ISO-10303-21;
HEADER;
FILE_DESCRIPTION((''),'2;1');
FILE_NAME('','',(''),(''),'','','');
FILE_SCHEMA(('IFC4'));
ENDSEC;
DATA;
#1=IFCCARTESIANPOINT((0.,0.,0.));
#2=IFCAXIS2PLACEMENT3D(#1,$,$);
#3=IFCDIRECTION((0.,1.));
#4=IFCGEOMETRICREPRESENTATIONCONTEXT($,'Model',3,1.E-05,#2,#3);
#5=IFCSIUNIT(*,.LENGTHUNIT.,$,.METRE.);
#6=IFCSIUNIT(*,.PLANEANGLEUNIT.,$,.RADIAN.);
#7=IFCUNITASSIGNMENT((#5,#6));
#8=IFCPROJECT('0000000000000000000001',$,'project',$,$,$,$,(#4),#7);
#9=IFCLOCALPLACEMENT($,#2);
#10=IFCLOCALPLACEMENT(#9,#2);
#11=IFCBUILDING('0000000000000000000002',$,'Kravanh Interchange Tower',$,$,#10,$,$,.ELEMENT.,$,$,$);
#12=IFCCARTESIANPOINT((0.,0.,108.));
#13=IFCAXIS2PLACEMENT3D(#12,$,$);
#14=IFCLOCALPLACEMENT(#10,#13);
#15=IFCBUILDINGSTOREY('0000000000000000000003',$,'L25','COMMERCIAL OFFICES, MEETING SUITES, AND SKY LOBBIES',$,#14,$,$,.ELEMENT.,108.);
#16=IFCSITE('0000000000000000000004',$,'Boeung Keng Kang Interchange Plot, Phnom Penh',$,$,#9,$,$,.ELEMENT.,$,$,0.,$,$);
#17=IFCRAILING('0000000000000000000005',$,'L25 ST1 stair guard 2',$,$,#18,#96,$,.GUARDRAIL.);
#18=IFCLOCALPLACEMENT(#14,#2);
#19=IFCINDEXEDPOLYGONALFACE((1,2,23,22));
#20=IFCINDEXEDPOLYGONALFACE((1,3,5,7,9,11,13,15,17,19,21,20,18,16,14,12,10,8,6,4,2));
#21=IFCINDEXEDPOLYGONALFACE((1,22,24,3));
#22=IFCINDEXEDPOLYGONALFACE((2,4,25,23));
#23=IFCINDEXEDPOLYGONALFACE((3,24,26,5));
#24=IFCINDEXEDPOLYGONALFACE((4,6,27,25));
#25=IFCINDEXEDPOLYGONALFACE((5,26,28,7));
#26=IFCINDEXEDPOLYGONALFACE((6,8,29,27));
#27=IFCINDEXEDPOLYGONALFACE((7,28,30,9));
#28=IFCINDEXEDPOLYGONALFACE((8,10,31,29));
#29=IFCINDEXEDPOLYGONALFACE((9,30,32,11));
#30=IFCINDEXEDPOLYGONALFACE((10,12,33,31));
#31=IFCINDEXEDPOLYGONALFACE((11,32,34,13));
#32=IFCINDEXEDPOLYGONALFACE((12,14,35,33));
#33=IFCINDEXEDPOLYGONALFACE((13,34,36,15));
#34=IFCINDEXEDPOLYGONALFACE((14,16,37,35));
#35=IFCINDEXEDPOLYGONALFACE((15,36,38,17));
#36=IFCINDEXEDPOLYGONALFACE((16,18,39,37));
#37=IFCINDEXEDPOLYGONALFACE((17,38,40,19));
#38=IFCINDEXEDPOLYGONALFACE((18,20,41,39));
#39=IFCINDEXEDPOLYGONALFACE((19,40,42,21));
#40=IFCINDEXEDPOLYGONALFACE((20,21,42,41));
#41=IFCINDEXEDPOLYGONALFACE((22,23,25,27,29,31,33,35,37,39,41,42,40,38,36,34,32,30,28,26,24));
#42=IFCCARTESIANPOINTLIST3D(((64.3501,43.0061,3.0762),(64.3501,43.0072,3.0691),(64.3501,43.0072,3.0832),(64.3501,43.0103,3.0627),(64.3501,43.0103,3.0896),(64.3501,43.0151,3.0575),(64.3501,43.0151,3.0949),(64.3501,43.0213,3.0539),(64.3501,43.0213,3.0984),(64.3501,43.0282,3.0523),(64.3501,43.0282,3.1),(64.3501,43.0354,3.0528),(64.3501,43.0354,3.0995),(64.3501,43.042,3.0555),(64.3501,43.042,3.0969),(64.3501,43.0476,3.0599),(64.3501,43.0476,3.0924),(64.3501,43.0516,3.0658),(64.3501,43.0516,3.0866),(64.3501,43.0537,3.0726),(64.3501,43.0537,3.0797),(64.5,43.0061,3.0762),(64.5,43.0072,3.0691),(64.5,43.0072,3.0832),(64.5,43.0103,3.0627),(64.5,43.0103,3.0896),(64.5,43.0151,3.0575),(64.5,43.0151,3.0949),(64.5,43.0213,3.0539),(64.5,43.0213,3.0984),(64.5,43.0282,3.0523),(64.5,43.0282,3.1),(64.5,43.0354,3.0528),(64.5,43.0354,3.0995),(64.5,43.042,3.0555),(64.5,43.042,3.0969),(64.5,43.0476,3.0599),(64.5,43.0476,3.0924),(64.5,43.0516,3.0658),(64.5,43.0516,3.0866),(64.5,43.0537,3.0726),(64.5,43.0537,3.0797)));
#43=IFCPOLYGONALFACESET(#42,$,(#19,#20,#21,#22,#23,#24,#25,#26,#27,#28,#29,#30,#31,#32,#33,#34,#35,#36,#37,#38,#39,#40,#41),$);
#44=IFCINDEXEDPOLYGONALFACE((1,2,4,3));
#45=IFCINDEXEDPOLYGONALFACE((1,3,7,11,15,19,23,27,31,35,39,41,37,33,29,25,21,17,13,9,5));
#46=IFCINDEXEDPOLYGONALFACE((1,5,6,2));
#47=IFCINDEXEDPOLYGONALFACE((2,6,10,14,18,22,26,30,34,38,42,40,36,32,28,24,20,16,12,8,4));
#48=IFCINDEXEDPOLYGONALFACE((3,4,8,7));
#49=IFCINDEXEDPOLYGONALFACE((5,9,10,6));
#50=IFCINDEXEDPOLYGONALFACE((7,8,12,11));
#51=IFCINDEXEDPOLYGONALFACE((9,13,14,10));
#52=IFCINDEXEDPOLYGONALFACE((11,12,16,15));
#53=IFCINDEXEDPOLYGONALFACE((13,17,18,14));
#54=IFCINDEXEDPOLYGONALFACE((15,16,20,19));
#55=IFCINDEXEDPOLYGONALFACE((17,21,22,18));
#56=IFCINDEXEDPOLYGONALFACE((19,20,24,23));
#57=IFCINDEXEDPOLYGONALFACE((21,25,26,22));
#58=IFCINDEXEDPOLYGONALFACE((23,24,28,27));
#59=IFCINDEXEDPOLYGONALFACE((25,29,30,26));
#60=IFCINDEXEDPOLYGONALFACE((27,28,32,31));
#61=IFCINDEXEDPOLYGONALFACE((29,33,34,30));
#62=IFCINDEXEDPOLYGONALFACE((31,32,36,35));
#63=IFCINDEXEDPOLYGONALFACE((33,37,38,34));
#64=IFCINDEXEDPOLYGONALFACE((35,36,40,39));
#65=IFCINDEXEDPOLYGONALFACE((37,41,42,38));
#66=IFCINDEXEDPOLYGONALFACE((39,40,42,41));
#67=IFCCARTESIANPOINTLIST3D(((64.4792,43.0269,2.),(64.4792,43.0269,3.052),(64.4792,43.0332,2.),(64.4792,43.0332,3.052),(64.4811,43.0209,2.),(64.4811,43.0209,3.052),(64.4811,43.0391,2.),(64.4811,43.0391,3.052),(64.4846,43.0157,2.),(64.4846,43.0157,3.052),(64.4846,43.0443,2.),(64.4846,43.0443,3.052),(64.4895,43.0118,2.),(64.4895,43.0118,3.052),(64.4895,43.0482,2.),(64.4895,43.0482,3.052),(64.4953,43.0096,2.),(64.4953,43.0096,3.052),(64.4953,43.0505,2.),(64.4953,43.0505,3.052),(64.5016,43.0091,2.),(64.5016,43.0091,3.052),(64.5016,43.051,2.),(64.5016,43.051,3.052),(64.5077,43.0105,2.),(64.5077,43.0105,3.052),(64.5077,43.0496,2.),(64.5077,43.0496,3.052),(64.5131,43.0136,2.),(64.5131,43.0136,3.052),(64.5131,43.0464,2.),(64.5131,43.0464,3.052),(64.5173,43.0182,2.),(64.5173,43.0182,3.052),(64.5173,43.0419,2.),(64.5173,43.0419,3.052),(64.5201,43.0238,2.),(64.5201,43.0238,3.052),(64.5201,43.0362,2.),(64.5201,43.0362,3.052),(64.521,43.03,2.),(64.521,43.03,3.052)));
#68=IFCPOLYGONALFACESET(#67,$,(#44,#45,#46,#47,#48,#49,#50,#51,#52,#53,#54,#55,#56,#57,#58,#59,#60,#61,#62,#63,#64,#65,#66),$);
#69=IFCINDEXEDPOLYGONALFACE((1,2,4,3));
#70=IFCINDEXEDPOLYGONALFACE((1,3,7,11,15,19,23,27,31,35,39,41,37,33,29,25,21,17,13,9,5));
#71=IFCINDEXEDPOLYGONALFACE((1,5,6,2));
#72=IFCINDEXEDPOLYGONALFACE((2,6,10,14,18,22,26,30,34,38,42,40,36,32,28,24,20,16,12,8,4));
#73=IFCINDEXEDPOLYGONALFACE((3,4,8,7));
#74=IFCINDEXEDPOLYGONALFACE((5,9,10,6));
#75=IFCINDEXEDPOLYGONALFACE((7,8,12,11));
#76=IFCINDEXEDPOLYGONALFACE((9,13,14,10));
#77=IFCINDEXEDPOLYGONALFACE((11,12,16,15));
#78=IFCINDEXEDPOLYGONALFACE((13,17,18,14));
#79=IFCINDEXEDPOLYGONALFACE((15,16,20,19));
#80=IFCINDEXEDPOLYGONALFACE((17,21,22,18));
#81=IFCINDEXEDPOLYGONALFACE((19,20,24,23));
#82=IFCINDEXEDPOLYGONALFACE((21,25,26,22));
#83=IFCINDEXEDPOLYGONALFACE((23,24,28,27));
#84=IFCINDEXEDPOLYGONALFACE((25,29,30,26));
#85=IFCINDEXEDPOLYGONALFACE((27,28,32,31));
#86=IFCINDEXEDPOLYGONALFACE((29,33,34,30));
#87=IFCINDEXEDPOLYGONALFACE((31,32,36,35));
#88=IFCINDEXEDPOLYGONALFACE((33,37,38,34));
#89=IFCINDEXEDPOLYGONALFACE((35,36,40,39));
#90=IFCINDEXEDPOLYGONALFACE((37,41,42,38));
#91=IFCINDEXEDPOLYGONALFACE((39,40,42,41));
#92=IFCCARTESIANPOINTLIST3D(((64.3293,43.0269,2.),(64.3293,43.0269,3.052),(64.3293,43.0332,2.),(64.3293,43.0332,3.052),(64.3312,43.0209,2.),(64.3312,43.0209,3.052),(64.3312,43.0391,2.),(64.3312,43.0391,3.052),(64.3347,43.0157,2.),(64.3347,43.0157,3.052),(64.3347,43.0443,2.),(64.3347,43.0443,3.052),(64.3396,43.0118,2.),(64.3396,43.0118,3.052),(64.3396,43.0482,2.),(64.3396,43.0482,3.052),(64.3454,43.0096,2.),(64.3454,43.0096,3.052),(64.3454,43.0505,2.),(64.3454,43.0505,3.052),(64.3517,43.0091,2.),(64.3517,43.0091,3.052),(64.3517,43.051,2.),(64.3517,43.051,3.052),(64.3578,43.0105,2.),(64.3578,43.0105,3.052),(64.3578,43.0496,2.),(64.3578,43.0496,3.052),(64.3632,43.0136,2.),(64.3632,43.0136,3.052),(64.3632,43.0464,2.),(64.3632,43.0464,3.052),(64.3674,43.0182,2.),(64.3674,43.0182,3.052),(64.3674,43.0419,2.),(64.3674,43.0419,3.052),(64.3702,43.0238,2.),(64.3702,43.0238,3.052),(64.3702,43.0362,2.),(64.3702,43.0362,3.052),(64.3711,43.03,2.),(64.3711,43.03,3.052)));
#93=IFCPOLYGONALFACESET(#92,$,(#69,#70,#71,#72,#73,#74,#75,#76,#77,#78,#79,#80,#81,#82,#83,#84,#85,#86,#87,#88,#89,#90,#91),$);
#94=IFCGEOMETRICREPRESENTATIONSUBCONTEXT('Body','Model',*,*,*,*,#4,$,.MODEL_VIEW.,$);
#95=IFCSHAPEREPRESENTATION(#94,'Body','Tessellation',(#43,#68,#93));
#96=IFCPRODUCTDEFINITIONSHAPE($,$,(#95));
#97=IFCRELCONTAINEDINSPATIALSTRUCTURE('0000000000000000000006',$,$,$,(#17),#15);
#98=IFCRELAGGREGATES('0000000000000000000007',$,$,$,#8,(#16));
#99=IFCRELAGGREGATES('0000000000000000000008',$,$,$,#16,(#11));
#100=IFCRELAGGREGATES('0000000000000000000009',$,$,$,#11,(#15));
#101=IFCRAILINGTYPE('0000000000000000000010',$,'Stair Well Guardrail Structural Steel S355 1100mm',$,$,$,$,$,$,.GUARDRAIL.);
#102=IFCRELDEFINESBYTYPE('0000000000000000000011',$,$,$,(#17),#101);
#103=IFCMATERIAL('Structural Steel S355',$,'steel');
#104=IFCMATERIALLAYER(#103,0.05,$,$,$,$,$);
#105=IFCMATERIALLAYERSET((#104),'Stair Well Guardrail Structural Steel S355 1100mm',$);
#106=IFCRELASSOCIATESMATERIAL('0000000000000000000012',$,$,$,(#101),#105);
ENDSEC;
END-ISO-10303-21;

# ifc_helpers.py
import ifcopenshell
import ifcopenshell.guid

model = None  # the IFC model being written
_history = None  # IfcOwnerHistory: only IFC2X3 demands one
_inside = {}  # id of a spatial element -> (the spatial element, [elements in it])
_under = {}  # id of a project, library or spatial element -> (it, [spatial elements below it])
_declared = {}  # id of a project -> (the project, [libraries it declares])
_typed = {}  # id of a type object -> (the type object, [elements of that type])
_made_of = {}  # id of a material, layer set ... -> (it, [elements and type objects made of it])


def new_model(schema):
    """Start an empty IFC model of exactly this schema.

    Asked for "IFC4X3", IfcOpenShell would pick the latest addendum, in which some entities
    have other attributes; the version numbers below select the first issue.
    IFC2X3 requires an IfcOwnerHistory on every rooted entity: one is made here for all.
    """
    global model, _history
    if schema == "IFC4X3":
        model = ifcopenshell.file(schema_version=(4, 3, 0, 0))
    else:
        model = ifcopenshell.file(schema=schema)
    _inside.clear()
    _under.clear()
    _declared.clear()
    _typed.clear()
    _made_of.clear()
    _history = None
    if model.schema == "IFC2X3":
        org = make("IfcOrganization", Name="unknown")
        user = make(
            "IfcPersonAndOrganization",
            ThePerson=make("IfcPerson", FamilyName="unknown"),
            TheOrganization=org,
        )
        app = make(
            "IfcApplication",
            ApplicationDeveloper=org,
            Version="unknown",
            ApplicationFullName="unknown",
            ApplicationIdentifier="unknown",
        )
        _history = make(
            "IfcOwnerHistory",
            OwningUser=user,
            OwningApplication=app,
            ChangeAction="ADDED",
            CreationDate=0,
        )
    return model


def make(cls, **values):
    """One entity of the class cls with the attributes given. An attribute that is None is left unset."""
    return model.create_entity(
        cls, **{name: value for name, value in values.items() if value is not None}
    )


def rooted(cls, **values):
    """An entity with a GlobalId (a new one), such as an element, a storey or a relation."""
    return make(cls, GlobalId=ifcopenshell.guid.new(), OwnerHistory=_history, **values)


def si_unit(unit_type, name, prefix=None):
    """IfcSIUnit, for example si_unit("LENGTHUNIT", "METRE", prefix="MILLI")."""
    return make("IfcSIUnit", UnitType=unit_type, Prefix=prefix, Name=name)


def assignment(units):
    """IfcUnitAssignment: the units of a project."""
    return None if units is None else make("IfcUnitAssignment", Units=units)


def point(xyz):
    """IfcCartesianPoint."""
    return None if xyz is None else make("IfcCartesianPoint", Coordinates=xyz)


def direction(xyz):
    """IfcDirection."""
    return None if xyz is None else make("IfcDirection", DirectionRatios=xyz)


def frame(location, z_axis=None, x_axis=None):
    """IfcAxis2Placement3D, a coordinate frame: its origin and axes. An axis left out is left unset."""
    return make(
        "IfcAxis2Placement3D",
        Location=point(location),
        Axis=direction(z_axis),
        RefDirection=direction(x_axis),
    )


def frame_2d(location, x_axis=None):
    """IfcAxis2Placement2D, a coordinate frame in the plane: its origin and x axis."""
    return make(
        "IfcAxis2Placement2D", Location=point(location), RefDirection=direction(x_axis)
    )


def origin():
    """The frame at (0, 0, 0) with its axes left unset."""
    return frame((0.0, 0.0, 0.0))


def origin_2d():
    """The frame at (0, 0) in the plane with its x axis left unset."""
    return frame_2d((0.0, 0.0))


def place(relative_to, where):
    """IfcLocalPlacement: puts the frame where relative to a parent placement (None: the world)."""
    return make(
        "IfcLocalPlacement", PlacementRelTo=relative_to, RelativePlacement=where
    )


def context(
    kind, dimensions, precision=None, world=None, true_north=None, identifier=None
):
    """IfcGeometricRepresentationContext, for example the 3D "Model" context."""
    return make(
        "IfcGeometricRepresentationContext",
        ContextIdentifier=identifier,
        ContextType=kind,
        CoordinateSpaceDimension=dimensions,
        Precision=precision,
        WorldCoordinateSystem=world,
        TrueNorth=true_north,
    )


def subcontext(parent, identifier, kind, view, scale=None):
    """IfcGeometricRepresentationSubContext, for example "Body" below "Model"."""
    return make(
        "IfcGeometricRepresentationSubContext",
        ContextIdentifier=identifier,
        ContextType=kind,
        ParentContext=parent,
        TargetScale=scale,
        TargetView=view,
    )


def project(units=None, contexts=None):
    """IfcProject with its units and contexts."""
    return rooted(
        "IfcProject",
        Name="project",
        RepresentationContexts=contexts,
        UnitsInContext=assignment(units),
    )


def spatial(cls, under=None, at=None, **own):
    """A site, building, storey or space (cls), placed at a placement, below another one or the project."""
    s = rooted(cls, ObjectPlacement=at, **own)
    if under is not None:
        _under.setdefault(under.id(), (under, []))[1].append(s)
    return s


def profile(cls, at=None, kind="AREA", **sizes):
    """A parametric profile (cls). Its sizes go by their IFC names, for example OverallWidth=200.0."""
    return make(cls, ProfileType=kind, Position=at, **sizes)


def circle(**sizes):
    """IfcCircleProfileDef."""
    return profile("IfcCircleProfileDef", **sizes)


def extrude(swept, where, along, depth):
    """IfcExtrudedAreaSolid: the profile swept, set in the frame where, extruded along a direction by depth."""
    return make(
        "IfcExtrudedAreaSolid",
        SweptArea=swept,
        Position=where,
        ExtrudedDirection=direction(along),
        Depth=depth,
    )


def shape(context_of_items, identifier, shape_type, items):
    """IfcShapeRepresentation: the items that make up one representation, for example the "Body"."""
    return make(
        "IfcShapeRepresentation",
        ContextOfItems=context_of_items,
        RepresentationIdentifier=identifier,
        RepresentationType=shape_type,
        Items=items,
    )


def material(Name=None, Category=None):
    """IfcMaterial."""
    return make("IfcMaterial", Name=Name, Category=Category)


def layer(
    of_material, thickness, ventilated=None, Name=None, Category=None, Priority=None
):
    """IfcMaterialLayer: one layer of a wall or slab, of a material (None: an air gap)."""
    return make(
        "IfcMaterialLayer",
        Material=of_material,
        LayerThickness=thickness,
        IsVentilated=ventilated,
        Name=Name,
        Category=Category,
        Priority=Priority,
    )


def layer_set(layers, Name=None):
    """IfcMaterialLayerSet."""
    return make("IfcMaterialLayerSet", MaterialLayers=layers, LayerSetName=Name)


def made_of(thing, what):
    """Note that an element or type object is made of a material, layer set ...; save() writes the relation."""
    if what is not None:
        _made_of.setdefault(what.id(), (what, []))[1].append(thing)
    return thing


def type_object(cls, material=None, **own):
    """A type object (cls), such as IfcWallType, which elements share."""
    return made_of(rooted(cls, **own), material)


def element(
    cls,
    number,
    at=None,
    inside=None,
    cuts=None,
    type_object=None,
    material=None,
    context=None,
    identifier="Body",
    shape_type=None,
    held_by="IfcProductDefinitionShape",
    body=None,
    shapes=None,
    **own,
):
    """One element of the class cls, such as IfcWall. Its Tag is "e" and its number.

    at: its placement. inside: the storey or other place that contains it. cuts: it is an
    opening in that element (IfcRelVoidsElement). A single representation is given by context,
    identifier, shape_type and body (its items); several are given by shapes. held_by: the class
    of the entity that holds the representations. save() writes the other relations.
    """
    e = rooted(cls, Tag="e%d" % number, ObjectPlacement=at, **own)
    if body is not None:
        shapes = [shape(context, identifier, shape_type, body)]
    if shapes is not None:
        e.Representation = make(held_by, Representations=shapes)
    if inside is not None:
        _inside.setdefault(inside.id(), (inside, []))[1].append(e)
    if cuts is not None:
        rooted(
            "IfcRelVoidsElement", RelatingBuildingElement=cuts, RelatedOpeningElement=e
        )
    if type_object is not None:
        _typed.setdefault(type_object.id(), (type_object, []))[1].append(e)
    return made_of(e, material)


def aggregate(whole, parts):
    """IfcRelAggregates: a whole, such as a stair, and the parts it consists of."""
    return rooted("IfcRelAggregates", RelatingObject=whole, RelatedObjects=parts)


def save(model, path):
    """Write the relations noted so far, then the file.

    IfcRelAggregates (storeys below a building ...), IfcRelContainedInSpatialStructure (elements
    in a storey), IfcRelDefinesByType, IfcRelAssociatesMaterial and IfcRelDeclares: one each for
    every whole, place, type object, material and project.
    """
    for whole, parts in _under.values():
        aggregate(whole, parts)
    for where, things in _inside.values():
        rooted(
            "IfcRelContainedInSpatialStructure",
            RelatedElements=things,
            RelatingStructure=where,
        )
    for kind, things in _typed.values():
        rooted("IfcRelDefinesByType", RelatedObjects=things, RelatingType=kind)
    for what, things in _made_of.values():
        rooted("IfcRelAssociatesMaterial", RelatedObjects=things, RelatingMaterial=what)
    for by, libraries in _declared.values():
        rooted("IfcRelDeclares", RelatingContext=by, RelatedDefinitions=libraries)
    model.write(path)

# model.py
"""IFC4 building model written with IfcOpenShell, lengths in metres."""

from ifc_helpers import new_model, si_unit, direction, frame, origin, origin_2d, place, context, subcontext, project, spatial, circle, extrude, material, layer, layer_set, type_object, element, save


model = new_model("IFC4")

# Units and contexts
model_context = context("Model", 3, precision=1e-05, world=origin(), true_north=direction((0.0, 1.0)))
body_context = subcontext(model_context, "Body", "Model", "MODEL_VIEW")
ifc_project = project(units=[si_unit("LENGTHUNIT", "METRE"), si_unit("PLANEANGLEUNIT", "RADIAN")], contexts=[model_context])

# Site, building, storey
site_placement = place(None, origin())
site = spatial("IfcSite", under=ifc_project, at=site_placement, Name="Boeung Keng Kang Interchange Plot, Phnom Penh", CompositionType="ELEMENT", RefElevation=0.0)
building_placement = place(site_placement, origin())
building = spatial("IfcBuilding", under=site, at=building_placement, Name="Kravanh Interchange Tower", CompositionType="ELEMENT")
storey_placement = place(building_placement, frame((0.0, 0.0, 108.0)))
storey = spatial("IfcBuildingStorey", under=building, at=storey_placement, Name="L25", Description="COMMERCIAL OFFICES, MEETING SUITES, AND SKY LOBBIES", CompositionType="ELEMENT", Elevation=108.0)

# Railing
ifc_material_1 = material(Name="Structural Steel S355", Category="steel")
ifc_layer_1 = layer(ifc_material_1, 0.05)
ifc_layer_set_1 = layer_set([ifc_layer_1], Name="Stair Well Guardrail Structural Steel S355 1100mm")
railing_type_1 = type_object("IfcRailingType", Name="Stair Well Guardrail Structural Steel S355 1100mm", PredefinedType="GUARDRAIL", material=ifc_layer_set_1)
railing_1_placement = place(storey_placement, frame((64.5, 43.03, 2.0)))
element("IfcRailing", 1, at=railing_1_placement, inside=storey, type_object=railing_type_1, Name="L25 ST1 stair guard 2", PredefinedType="GUARDRAIL", context=body_context, shape_type="SweptSolid", body=[
    extrude(circle(Radius=0.0239, at=origin_2d()), frame((0.0, 0.0, 1.0762), z_axis=(-1.0, 0.0, 0.0), x_axis=(0.0, -1.0, 0.0)), (0.0, 0.0, 1.0), 0.1499),
    extrude(circle(Radius=0.021, at=origin_2d()), origin(), (0.0, 0.0, 1.0), 1.052),
    extrude(circle(Radius=0.021, at=origin_2d()), frame((-0.1499, 0.0, 0.0)), (0.0, 0.0, 1.0), 1.052),
])

save(model, "model.ifc")
